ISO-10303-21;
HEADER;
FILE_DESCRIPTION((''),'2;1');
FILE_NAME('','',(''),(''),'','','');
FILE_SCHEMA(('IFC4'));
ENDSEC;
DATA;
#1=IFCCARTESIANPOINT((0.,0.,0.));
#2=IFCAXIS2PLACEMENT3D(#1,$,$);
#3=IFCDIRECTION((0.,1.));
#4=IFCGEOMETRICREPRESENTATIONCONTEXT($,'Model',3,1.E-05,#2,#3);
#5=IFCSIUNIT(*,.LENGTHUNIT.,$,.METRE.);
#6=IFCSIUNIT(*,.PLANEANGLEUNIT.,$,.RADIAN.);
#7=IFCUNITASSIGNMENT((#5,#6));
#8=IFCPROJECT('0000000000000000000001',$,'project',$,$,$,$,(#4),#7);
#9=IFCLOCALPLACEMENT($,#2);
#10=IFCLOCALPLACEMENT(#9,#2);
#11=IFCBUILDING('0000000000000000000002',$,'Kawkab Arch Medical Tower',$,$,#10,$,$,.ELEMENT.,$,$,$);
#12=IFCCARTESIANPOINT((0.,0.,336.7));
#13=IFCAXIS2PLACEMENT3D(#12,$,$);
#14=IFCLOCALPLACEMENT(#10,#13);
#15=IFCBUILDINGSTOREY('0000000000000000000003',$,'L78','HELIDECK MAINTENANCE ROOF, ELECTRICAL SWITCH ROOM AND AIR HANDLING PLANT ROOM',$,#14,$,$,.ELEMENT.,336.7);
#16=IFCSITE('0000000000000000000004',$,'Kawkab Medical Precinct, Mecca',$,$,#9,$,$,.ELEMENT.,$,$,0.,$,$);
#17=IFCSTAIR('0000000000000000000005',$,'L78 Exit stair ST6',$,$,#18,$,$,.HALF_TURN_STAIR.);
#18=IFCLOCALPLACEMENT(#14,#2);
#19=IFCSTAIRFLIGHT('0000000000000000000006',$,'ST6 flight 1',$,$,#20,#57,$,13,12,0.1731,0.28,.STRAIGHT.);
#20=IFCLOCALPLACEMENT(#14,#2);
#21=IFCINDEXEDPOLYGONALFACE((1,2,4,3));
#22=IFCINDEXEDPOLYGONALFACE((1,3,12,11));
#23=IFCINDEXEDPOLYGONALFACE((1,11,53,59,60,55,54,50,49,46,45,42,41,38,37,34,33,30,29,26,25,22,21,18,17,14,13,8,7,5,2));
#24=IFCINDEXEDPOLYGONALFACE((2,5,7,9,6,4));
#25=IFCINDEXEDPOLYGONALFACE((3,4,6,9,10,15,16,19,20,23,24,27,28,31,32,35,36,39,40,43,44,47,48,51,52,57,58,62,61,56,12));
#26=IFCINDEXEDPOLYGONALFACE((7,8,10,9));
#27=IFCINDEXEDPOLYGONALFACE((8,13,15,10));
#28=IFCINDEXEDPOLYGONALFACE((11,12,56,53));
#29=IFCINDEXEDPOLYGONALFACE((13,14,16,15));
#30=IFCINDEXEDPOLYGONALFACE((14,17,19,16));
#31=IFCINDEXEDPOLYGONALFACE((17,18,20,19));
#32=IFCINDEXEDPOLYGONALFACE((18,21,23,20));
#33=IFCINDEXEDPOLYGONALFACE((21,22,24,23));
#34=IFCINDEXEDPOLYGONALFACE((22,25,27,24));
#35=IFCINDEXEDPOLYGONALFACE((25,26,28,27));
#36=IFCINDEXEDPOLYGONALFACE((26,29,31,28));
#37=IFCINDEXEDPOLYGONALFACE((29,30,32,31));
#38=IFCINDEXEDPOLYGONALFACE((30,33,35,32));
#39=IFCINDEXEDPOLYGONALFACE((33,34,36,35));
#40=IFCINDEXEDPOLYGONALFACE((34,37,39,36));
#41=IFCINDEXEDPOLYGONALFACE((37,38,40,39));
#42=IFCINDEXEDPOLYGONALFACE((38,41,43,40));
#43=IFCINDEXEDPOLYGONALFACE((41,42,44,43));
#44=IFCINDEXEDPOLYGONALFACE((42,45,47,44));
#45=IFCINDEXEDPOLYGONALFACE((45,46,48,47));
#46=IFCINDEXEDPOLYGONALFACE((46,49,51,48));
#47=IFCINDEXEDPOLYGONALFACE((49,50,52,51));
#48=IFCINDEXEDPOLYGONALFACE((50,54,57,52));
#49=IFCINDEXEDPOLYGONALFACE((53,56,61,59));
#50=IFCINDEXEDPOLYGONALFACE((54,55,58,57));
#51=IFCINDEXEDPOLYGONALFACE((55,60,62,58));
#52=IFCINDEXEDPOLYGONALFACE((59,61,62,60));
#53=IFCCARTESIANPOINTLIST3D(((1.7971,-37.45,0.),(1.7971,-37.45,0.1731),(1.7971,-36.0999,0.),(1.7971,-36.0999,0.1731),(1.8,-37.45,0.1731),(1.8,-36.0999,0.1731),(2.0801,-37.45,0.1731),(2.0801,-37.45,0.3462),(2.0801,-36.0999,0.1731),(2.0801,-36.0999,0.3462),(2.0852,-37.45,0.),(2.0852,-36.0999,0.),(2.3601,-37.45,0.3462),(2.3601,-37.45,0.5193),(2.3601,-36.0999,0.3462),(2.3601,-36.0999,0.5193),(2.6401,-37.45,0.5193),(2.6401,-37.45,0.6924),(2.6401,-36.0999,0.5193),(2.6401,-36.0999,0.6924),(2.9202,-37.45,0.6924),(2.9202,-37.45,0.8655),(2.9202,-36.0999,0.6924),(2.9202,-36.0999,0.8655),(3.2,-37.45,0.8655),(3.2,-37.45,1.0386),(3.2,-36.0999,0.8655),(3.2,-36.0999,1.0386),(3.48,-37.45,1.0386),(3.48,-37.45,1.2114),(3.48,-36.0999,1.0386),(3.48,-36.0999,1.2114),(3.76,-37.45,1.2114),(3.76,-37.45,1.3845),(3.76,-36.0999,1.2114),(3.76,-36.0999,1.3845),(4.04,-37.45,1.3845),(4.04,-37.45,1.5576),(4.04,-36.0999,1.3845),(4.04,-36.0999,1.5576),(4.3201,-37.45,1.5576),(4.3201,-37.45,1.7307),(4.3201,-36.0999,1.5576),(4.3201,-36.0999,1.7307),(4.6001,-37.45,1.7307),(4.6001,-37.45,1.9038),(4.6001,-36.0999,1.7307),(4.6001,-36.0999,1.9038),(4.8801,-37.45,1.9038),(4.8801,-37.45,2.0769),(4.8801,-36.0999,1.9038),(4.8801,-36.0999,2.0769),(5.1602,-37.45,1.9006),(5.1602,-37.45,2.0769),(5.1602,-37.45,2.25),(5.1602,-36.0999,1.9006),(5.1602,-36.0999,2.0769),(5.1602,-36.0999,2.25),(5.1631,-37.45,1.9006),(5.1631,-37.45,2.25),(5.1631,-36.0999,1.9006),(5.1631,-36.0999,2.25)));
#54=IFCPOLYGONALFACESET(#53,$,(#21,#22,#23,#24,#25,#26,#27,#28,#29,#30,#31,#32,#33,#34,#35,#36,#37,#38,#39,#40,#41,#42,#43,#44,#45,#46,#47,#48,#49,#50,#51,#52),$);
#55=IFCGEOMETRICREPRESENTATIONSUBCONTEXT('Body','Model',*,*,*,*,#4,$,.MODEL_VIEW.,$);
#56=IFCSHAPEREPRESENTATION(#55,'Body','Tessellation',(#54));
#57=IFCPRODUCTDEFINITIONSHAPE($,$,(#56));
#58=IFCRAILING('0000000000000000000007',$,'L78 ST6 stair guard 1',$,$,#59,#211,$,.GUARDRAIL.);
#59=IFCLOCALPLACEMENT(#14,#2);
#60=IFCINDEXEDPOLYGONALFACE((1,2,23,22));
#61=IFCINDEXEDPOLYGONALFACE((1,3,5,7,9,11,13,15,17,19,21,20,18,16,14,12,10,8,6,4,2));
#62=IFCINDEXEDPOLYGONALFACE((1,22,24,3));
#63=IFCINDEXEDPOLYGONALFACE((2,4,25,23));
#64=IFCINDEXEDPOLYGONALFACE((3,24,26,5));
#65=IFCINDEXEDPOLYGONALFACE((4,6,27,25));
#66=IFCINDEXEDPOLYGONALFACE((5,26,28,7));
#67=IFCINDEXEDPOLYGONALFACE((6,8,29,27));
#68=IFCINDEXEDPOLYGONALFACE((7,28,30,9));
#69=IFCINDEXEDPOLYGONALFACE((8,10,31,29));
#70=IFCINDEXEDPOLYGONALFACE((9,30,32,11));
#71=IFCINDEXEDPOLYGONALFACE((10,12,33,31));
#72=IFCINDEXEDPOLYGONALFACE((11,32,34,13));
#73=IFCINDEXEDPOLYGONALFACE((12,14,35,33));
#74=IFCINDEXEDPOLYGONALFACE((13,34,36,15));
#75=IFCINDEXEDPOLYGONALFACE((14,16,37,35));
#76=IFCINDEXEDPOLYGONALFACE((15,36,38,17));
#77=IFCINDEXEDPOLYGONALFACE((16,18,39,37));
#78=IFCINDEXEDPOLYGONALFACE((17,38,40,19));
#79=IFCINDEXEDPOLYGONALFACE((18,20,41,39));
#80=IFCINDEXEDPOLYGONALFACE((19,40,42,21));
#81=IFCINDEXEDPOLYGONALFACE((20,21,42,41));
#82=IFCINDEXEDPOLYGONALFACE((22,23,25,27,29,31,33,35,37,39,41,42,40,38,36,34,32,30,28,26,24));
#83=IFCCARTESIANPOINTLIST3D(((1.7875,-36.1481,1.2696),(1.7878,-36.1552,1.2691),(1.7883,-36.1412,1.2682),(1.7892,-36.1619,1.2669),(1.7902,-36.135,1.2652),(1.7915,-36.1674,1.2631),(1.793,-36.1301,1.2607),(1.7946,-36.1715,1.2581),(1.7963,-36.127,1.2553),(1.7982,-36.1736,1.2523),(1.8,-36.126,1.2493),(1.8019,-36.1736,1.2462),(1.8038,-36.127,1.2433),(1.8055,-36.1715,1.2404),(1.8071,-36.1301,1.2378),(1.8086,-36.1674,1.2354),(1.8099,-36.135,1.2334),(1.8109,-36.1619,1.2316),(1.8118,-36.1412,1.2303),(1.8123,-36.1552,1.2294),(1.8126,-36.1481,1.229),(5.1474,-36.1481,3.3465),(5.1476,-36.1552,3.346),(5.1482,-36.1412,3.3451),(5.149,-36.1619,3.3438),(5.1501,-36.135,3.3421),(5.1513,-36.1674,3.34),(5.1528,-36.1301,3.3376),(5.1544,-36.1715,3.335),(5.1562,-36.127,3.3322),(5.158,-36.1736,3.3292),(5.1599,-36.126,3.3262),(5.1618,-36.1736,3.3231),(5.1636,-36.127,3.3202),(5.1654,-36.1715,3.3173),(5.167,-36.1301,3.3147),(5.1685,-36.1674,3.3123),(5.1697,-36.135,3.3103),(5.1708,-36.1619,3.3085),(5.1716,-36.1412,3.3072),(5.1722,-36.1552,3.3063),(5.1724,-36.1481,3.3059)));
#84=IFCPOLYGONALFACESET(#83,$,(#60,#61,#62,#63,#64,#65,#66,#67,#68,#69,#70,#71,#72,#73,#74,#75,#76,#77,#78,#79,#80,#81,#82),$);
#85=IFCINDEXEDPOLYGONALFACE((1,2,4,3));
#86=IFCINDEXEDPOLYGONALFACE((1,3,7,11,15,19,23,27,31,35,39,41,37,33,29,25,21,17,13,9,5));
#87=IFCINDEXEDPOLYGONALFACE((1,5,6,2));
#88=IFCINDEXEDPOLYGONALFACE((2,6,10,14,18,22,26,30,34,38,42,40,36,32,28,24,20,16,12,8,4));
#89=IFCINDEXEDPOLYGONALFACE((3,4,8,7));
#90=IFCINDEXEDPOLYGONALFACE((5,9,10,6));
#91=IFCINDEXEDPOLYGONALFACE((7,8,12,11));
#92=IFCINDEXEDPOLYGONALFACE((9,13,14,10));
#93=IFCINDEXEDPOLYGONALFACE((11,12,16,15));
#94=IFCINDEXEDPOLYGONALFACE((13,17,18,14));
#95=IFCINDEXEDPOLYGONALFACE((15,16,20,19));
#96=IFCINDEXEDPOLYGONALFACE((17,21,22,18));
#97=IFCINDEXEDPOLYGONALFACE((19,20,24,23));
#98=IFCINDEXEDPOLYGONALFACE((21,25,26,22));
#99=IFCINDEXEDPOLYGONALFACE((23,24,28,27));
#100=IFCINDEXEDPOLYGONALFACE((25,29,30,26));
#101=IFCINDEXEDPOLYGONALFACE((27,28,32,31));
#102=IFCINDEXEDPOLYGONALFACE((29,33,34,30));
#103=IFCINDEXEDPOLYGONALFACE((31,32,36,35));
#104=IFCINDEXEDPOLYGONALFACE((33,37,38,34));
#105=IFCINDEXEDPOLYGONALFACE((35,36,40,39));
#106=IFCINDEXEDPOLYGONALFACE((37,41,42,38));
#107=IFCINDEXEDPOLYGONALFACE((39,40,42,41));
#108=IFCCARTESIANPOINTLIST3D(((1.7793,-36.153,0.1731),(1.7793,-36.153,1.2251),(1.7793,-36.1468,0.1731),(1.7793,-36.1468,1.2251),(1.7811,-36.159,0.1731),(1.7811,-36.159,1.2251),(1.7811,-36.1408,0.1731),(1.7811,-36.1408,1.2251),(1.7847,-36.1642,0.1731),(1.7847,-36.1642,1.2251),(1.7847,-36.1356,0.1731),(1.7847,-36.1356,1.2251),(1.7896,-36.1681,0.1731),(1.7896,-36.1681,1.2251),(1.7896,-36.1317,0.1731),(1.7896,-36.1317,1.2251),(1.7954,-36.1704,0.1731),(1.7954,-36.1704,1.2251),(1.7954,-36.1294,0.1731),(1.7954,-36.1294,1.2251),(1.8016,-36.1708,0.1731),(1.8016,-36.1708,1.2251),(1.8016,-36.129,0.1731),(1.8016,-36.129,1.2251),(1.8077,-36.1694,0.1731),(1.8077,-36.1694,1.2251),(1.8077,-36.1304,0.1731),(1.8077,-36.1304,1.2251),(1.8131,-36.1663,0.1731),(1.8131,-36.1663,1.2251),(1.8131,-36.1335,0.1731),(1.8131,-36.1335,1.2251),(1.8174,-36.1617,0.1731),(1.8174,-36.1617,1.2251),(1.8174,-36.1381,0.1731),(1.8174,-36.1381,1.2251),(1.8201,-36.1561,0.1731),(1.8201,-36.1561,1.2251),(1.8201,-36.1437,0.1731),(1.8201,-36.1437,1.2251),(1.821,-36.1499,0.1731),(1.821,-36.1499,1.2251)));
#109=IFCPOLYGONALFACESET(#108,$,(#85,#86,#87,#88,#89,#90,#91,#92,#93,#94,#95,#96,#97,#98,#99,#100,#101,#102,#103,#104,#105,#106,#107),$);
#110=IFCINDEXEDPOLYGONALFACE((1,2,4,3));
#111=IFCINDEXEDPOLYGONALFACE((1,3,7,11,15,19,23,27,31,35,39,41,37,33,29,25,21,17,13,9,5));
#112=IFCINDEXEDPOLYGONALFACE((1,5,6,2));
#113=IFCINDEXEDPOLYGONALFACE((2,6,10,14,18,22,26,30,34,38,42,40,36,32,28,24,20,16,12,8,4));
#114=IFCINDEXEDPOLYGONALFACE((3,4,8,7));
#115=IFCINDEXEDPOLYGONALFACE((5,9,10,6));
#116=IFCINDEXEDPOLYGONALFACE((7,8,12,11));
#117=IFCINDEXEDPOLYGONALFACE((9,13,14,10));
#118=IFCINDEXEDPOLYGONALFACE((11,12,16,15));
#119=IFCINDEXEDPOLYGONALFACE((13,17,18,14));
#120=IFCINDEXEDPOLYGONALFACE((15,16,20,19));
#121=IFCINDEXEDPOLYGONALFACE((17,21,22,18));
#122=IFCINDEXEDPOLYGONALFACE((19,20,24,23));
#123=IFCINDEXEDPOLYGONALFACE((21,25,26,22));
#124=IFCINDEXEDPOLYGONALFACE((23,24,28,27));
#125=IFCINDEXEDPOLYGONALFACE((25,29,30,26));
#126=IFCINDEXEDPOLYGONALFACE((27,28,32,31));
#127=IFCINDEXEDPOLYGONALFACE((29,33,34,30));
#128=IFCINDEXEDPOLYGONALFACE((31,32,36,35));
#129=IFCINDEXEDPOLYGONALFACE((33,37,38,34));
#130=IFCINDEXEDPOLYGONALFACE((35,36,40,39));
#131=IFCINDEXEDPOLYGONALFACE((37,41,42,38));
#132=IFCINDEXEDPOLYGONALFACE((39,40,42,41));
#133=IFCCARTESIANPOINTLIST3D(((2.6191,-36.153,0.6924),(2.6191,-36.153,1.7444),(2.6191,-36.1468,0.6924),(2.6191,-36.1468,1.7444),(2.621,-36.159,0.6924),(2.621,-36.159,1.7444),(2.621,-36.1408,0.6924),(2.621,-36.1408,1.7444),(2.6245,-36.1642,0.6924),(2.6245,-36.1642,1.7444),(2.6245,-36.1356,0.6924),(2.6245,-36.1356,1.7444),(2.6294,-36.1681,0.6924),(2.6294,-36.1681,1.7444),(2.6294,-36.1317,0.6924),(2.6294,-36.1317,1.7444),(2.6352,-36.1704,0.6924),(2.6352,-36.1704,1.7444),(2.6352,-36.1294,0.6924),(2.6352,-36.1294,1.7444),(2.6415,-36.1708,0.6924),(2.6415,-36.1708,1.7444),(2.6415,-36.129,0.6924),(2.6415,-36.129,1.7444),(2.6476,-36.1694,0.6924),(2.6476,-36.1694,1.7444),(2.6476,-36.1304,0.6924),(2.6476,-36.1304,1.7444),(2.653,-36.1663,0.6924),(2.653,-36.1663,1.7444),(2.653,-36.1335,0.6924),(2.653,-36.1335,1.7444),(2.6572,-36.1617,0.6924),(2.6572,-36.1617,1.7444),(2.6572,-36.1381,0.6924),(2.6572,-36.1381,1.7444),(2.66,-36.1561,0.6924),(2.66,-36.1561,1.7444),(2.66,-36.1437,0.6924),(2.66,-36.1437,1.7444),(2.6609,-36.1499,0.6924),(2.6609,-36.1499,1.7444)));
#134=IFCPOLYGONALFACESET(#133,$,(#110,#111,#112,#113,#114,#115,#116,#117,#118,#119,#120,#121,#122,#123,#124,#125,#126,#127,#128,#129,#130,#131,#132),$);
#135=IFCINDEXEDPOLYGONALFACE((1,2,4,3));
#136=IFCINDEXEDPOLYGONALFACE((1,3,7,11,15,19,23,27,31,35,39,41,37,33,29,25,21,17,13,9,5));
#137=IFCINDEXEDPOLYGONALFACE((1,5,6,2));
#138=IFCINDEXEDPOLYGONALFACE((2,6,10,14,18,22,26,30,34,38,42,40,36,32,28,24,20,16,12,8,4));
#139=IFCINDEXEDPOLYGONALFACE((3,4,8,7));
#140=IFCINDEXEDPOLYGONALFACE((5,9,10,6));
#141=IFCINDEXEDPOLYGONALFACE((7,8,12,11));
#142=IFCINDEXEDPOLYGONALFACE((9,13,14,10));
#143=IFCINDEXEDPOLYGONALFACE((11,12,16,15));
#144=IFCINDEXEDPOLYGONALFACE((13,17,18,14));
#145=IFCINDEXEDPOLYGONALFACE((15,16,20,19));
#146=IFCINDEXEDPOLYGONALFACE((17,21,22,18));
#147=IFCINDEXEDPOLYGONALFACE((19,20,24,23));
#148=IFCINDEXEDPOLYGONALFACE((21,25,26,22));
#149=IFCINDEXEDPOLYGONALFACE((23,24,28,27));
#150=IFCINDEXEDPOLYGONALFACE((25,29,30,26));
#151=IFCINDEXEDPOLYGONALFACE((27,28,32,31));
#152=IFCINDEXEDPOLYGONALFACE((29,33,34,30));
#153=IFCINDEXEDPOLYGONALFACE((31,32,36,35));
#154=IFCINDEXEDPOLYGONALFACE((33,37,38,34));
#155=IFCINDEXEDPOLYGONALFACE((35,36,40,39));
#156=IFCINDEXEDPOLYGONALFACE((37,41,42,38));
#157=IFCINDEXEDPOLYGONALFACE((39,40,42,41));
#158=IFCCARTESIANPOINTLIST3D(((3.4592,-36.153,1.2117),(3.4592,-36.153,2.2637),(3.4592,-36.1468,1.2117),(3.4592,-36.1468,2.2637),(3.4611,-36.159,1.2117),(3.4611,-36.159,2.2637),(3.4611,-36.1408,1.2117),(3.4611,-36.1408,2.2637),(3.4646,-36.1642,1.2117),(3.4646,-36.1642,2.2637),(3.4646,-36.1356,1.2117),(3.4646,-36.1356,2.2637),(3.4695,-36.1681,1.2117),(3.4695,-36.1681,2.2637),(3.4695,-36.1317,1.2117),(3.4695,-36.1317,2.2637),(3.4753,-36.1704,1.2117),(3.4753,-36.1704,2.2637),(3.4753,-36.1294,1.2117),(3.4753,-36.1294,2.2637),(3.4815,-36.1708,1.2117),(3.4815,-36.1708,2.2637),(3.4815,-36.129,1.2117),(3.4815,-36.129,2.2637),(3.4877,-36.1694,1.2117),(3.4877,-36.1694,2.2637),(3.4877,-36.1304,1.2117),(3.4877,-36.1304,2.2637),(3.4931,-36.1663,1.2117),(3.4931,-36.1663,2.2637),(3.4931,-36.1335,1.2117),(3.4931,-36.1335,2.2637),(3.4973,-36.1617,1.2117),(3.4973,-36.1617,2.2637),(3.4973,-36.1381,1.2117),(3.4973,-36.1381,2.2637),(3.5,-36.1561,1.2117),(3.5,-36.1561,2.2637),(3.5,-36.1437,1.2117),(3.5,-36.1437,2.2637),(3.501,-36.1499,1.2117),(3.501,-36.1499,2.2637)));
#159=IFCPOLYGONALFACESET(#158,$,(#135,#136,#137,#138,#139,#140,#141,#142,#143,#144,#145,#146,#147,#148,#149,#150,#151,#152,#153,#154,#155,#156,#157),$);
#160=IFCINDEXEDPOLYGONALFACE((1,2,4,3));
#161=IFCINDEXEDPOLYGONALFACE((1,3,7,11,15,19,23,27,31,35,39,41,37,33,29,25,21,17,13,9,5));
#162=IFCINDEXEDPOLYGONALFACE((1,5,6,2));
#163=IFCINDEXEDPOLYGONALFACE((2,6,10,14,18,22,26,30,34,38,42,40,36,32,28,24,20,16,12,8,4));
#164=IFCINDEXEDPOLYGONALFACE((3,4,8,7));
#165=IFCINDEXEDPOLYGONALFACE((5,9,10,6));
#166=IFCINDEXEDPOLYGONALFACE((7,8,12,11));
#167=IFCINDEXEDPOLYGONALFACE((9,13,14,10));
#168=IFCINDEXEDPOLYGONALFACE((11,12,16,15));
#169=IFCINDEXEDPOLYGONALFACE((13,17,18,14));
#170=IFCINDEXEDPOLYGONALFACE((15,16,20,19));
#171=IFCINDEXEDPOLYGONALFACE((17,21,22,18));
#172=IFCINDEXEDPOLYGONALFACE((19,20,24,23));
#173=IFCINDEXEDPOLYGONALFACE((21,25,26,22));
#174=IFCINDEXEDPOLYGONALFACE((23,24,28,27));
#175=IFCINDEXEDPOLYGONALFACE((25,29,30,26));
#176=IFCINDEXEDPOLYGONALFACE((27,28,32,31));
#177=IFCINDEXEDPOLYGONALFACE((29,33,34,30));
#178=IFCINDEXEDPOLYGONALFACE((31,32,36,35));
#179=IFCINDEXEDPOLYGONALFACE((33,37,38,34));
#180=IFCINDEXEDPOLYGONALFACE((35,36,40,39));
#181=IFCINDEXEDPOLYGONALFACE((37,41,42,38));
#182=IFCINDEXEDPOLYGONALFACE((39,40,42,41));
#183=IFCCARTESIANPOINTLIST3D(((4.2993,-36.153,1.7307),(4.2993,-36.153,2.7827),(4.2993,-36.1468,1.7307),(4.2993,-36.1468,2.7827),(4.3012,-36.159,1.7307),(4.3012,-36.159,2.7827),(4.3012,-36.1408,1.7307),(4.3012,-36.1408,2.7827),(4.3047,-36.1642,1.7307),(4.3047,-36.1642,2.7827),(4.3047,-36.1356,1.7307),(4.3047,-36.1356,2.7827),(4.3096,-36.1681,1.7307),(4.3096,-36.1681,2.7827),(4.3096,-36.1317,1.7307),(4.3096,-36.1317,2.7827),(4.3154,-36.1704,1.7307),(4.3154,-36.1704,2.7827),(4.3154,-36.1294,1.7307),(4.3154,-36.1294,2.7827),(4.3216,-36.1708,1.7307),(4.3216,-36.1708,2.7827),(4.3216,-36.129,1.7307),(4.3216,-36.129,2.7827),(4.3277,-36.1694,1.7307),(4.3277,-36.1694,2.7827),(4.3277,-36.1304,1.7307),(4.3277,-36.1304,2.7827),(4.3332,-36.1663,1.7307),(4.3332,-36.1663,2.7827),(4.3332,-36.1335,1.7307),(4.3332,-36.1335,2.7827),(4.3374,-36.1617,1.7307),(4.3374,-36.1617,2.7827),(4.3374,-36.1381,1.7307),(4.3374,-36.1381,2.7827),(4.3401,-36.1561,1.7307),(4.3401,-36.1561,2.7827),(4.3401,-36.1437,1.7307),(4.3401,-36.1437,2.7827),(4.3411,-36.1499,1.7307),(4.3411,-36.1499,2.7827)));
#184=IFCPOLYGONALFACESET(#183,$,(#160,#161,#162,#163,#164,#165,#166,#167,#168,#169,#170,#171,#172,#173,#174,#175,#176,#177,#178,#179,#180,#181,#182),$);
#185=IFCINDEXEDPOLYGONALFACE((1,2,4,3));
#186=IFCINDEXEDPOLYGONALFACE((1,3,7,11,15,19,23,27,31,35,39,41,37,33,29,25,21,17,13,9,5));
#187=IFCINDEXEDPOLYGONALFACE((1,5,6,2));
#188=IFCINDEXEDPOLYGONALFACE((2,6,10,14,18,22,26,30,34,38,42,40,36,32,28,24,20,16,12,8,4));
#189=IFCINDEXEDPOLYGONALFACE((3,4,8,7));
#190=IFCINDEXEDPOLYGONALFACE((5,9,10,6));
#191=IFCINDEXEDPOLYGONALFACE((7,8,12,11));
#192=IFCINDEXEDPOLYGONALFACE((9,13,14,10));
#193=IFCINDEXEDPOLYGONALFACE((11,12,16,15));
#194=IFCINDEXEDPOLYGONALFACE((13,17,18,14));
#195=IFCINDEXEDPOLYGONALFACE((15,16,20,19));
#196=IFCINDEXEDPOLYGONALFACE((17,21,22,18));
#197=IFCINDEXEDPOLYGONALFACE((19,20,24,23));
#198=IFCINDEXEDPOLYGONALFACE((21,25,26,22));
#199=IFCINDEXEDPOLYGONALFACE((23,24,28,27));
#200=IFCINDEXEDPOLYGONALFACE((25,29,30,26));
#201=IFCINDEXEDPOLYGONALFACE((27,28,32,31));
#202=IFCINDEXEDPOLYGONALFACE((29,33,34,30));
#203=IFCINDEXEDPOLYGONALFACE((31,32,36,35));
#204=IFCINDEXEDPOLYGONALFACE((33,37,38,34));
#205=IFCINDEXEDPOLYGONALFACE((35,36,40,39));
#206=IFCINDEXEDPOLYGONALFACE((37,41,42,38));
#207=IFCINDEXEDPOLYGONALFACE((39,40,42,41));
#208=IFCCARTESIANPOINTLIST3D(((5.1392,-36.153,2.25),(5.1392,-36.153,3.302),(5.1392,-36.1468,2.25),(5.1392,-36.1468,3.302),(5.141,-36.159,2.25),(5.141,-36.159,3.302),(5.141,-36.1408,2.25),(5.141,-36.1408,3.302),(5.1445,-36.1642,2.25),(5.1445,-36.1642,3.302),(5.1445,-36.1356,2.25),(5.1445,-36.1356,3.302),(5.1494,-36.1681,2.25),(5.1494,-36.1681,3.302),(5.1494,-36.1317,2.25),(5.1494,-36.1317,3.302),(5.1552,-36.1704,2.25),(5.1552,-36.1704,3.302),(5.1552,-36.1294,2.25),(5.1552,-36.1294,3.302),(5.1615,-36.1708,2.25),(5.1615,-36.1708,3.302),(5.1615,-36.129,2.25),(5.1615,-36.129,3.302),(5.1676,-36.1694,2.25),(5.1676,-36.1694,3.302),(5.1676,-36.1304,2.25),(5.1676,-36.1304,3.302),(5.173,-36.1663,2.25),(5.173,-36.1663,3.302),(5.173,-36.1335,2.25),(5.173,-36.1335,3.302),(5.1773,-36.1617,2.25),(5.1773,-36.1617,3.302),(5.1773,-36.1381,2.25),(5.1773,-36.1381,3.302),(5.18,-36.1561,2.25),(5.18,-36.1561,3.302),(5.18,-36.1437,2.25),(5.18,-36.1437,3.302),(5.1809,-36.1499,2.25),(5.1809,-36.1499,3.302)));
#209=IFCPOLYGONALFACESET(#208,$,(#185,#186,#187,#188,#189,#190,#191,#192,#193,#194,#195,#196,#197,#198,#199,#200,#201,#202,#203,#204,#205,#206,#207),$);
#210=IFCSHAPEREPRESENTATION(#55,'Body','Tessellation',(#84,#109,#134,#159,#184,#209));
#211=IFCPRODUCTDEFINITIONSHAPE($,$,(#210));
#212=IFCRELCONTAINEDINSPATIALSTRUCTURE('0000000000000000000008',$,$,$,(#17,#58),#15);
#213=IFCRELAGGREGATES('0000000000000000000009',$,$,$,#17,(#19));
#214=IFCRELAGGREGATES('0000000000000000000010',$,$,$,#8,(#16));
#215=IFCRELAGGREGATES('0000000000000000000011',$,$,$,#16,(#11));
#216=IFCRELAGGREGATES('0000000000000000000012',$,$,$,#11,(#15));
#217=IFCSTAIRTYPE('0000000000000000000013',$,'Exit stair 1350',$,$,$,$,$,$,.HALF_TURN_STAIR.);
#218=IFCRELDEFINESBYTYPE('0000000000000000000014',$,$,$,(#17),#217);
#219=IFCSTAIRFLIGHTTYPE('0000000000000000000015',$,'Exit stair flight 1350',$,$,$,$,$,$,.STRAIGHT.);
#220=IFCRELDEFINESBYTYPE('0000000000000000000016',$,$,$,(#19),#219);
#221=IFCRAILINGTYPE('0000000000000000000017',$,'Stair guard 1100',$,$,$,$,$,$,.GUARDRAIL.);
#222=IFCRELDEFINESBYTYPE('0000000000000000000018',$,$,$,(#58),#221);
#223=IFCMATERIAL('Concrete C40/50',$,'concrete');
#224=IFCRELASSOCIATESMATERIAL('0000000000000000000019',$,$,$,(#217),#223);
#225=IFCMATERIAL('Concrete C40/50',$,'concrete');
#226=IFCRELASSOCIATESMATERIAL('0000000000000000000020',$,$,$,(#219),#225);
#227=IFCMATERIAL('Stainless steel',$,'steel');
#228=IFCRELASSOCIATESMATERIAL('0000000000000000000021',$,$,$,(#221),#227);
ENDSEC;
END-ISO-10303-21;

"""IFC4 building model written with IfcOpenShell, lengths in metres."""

from ifc_helpers import new_model, si_unit, direction, frame, origin, origin_2d, place, context, subcontext, project, spatial, polyline, circle, outline, extrude, material, type_object, element, aggregate, save


model = new_model("IFC4")

# Units and contexts
model_context = context("Model", 3, precision=1e-05, world=origin(), true_north=direction((0.0, 1.0)))
body_context = subcontext(model_context, "Body", "Model", "MODEL_VIEW")
ifc_project = project(units=[si_unit("LENGTHUNIT", "METRE"), si_unit("PLANEANGLEUNIT", "RADIAN")], contexts=[model_context])

# Site, building, storey
site_placement = place(None, origin())
site = spatial("IfcSite", under=ifc_project, at=site_placement, Name="Kawkab Medical Precinct, Mecca", CompositionType="ELEMENT", RefElevation=0.0)
building_placement = place(site_placement, origin())
building = spatial("IfcBuilding", under=site, at=building_placement, Name="Kawkab Arch Medical Tower", CompositionType="ELEMENT")
storey_placement = place(building_placement, frame((0.0, 0.0, 336.7)))
storey = spatial("IfcBuildingStorey", under=building, at=storey_placement, Name="L78", Description="HELIDECK MAINTENANCE ROOF, ELECTRICAL SWITCH ROOM AND AIR HANDLING PLANT ROOM", CompositionType="ELEMENT", Elevation=336.7)

# Shared definitions
placement = place(storey_placement, origin())

# Stair, stair flight
ifc_material_1 = material(Name="Concrete C40/50", Category="concrete")
stair_type = type_object("IfcStairType", Name="Exit stair 1350", PredefinedType="HALF_TURN_STAIR", material=ifc_material_1)
stair = element("IfcStair", 1, at=placement, inside=storey, type_object=stair_type, Name="L78 Exit stair ST6", PredefinedType="HALF_TURN_STAIR")
ifc_material_2 = material(Name="Concrete C40/50", Category="concrete")
stair_flight_type = type_object("IfcStairFlightType", Name="Exit stair flight 1350", PredefinedType="STRAIGHT", material=ifc_material_2)
stair_flight_placement = place(storey_placement, frame((1.8, -36.7749, 0.0), z_axis=(0.0, 0.0, 1.0), x_axis=(1.0, 0.0, 0.0)))
stair_flight = element("IfcStairFlight", 2, at=stair_flight_placement, type_object=stair_flight_type, Name="ST6 flight 1", NumberOfRisers=13, NumberOfTreads=12, PredefinedType="STRAIGHT", RiserHeight=0.1731, TreadLength=0.28, context=body_context, shape_type="SweptSolid", body=[
    extrude(outline(polyline([(-0.0029, 0.0), (-0.0029, 0.1731), (0.0, 0.1731), (0.28, 0.1731), (0.28, 0.3462), (0.5601, 0.3462), (0.5601, 0.5193), (0.8401, 0.5193), (0.8401, 0.6924), (1.1201, 0.6924), (1.1201, 0.8655), (1.3999, 0.8655), (1.3999, 1.0386), (1.6799, 1.0386), (1.6799, 1.2114), (1.96, 1.2114), (1.96, 1.3845), (2.24, 1.3845), (2.24, 1.5576), (2.52, 1.5576), (2.52, 1.7307), (2.8, 1.7307), (2.8, 1.9038), (3.0801, 1.9038), (3.0801, 2.0769), (3.3601, 2.0769), (3.3601, 2.25), (3.363, 2.25), (3.363, 1.9006), (3.3601, 1.9006), (0.2852, 0.0), (-0.0029, 0.0)])), frame((0.0, 0.675, 0.0), z_axis=(0.0, -1.0, 0.0), x_axis=(1.0, 0.0, 0.0)), (0.0, 0.0, 1.0), 1.3501),
])
aggregate(stair, [stair_flight])

# Railing
ifc_material_3 = material(Name="Stainless steel", Category="steel")
railing_type = type_object("IfcRailingType", Name="Stair guard 1100", PredefinedType="GUARDRAIL", material=ifc_material_3)
railing_1_placement = place(storey_placement, frame((1.8, -36.1499, 0.1731)))
element("IfcRailing", 3, at=railing_1_placement, inside=storey, type_object=railing_type, Name="L78 ST6 stair guard 1", PredefinedType="GUARDRAIL", context=body_context, shape_type="SweptSolid", body=[
    extrude(circle(Radius=0.0239, at=origin_2d()), frame((0.0, 0.0, 1.0762), z_axis=(0.850606, 0.0, 0.525803), x_axis=(0.0, 1.0, 0.0)), (0.0, 0.0, 1.0), 3.95),
    extrude(circle(Radius=0.021, at=origin_2d()), origin(), (0.0, 0.0, 1.0), 1.052),
    extrude(circle(Radius=0.021, at=origin_2d()), frame((0.8398, 0.0, 0.5193)), (0.0, 0.0, 1.0), 1.052),
    extrude(circle(Radius=0.021, at=origin_2d()), frame((1.6799, 0.0, 1.0386)), (0.0, 0.0, 1.0), 1.052),
    extrude(circle(Radius=0.021, at=origin_2d()), frame((2.52, 0.0, 1.5576)), (0.0, 0.0, 1.0), 1.052),
    extrude(circle(Radius=0.021, at=origin_2d()), frame((3.3599, 0.0, 2.0769)), (0.0, 0.0, 1.0), 1.052),
])

save(model, "model.ifc")
